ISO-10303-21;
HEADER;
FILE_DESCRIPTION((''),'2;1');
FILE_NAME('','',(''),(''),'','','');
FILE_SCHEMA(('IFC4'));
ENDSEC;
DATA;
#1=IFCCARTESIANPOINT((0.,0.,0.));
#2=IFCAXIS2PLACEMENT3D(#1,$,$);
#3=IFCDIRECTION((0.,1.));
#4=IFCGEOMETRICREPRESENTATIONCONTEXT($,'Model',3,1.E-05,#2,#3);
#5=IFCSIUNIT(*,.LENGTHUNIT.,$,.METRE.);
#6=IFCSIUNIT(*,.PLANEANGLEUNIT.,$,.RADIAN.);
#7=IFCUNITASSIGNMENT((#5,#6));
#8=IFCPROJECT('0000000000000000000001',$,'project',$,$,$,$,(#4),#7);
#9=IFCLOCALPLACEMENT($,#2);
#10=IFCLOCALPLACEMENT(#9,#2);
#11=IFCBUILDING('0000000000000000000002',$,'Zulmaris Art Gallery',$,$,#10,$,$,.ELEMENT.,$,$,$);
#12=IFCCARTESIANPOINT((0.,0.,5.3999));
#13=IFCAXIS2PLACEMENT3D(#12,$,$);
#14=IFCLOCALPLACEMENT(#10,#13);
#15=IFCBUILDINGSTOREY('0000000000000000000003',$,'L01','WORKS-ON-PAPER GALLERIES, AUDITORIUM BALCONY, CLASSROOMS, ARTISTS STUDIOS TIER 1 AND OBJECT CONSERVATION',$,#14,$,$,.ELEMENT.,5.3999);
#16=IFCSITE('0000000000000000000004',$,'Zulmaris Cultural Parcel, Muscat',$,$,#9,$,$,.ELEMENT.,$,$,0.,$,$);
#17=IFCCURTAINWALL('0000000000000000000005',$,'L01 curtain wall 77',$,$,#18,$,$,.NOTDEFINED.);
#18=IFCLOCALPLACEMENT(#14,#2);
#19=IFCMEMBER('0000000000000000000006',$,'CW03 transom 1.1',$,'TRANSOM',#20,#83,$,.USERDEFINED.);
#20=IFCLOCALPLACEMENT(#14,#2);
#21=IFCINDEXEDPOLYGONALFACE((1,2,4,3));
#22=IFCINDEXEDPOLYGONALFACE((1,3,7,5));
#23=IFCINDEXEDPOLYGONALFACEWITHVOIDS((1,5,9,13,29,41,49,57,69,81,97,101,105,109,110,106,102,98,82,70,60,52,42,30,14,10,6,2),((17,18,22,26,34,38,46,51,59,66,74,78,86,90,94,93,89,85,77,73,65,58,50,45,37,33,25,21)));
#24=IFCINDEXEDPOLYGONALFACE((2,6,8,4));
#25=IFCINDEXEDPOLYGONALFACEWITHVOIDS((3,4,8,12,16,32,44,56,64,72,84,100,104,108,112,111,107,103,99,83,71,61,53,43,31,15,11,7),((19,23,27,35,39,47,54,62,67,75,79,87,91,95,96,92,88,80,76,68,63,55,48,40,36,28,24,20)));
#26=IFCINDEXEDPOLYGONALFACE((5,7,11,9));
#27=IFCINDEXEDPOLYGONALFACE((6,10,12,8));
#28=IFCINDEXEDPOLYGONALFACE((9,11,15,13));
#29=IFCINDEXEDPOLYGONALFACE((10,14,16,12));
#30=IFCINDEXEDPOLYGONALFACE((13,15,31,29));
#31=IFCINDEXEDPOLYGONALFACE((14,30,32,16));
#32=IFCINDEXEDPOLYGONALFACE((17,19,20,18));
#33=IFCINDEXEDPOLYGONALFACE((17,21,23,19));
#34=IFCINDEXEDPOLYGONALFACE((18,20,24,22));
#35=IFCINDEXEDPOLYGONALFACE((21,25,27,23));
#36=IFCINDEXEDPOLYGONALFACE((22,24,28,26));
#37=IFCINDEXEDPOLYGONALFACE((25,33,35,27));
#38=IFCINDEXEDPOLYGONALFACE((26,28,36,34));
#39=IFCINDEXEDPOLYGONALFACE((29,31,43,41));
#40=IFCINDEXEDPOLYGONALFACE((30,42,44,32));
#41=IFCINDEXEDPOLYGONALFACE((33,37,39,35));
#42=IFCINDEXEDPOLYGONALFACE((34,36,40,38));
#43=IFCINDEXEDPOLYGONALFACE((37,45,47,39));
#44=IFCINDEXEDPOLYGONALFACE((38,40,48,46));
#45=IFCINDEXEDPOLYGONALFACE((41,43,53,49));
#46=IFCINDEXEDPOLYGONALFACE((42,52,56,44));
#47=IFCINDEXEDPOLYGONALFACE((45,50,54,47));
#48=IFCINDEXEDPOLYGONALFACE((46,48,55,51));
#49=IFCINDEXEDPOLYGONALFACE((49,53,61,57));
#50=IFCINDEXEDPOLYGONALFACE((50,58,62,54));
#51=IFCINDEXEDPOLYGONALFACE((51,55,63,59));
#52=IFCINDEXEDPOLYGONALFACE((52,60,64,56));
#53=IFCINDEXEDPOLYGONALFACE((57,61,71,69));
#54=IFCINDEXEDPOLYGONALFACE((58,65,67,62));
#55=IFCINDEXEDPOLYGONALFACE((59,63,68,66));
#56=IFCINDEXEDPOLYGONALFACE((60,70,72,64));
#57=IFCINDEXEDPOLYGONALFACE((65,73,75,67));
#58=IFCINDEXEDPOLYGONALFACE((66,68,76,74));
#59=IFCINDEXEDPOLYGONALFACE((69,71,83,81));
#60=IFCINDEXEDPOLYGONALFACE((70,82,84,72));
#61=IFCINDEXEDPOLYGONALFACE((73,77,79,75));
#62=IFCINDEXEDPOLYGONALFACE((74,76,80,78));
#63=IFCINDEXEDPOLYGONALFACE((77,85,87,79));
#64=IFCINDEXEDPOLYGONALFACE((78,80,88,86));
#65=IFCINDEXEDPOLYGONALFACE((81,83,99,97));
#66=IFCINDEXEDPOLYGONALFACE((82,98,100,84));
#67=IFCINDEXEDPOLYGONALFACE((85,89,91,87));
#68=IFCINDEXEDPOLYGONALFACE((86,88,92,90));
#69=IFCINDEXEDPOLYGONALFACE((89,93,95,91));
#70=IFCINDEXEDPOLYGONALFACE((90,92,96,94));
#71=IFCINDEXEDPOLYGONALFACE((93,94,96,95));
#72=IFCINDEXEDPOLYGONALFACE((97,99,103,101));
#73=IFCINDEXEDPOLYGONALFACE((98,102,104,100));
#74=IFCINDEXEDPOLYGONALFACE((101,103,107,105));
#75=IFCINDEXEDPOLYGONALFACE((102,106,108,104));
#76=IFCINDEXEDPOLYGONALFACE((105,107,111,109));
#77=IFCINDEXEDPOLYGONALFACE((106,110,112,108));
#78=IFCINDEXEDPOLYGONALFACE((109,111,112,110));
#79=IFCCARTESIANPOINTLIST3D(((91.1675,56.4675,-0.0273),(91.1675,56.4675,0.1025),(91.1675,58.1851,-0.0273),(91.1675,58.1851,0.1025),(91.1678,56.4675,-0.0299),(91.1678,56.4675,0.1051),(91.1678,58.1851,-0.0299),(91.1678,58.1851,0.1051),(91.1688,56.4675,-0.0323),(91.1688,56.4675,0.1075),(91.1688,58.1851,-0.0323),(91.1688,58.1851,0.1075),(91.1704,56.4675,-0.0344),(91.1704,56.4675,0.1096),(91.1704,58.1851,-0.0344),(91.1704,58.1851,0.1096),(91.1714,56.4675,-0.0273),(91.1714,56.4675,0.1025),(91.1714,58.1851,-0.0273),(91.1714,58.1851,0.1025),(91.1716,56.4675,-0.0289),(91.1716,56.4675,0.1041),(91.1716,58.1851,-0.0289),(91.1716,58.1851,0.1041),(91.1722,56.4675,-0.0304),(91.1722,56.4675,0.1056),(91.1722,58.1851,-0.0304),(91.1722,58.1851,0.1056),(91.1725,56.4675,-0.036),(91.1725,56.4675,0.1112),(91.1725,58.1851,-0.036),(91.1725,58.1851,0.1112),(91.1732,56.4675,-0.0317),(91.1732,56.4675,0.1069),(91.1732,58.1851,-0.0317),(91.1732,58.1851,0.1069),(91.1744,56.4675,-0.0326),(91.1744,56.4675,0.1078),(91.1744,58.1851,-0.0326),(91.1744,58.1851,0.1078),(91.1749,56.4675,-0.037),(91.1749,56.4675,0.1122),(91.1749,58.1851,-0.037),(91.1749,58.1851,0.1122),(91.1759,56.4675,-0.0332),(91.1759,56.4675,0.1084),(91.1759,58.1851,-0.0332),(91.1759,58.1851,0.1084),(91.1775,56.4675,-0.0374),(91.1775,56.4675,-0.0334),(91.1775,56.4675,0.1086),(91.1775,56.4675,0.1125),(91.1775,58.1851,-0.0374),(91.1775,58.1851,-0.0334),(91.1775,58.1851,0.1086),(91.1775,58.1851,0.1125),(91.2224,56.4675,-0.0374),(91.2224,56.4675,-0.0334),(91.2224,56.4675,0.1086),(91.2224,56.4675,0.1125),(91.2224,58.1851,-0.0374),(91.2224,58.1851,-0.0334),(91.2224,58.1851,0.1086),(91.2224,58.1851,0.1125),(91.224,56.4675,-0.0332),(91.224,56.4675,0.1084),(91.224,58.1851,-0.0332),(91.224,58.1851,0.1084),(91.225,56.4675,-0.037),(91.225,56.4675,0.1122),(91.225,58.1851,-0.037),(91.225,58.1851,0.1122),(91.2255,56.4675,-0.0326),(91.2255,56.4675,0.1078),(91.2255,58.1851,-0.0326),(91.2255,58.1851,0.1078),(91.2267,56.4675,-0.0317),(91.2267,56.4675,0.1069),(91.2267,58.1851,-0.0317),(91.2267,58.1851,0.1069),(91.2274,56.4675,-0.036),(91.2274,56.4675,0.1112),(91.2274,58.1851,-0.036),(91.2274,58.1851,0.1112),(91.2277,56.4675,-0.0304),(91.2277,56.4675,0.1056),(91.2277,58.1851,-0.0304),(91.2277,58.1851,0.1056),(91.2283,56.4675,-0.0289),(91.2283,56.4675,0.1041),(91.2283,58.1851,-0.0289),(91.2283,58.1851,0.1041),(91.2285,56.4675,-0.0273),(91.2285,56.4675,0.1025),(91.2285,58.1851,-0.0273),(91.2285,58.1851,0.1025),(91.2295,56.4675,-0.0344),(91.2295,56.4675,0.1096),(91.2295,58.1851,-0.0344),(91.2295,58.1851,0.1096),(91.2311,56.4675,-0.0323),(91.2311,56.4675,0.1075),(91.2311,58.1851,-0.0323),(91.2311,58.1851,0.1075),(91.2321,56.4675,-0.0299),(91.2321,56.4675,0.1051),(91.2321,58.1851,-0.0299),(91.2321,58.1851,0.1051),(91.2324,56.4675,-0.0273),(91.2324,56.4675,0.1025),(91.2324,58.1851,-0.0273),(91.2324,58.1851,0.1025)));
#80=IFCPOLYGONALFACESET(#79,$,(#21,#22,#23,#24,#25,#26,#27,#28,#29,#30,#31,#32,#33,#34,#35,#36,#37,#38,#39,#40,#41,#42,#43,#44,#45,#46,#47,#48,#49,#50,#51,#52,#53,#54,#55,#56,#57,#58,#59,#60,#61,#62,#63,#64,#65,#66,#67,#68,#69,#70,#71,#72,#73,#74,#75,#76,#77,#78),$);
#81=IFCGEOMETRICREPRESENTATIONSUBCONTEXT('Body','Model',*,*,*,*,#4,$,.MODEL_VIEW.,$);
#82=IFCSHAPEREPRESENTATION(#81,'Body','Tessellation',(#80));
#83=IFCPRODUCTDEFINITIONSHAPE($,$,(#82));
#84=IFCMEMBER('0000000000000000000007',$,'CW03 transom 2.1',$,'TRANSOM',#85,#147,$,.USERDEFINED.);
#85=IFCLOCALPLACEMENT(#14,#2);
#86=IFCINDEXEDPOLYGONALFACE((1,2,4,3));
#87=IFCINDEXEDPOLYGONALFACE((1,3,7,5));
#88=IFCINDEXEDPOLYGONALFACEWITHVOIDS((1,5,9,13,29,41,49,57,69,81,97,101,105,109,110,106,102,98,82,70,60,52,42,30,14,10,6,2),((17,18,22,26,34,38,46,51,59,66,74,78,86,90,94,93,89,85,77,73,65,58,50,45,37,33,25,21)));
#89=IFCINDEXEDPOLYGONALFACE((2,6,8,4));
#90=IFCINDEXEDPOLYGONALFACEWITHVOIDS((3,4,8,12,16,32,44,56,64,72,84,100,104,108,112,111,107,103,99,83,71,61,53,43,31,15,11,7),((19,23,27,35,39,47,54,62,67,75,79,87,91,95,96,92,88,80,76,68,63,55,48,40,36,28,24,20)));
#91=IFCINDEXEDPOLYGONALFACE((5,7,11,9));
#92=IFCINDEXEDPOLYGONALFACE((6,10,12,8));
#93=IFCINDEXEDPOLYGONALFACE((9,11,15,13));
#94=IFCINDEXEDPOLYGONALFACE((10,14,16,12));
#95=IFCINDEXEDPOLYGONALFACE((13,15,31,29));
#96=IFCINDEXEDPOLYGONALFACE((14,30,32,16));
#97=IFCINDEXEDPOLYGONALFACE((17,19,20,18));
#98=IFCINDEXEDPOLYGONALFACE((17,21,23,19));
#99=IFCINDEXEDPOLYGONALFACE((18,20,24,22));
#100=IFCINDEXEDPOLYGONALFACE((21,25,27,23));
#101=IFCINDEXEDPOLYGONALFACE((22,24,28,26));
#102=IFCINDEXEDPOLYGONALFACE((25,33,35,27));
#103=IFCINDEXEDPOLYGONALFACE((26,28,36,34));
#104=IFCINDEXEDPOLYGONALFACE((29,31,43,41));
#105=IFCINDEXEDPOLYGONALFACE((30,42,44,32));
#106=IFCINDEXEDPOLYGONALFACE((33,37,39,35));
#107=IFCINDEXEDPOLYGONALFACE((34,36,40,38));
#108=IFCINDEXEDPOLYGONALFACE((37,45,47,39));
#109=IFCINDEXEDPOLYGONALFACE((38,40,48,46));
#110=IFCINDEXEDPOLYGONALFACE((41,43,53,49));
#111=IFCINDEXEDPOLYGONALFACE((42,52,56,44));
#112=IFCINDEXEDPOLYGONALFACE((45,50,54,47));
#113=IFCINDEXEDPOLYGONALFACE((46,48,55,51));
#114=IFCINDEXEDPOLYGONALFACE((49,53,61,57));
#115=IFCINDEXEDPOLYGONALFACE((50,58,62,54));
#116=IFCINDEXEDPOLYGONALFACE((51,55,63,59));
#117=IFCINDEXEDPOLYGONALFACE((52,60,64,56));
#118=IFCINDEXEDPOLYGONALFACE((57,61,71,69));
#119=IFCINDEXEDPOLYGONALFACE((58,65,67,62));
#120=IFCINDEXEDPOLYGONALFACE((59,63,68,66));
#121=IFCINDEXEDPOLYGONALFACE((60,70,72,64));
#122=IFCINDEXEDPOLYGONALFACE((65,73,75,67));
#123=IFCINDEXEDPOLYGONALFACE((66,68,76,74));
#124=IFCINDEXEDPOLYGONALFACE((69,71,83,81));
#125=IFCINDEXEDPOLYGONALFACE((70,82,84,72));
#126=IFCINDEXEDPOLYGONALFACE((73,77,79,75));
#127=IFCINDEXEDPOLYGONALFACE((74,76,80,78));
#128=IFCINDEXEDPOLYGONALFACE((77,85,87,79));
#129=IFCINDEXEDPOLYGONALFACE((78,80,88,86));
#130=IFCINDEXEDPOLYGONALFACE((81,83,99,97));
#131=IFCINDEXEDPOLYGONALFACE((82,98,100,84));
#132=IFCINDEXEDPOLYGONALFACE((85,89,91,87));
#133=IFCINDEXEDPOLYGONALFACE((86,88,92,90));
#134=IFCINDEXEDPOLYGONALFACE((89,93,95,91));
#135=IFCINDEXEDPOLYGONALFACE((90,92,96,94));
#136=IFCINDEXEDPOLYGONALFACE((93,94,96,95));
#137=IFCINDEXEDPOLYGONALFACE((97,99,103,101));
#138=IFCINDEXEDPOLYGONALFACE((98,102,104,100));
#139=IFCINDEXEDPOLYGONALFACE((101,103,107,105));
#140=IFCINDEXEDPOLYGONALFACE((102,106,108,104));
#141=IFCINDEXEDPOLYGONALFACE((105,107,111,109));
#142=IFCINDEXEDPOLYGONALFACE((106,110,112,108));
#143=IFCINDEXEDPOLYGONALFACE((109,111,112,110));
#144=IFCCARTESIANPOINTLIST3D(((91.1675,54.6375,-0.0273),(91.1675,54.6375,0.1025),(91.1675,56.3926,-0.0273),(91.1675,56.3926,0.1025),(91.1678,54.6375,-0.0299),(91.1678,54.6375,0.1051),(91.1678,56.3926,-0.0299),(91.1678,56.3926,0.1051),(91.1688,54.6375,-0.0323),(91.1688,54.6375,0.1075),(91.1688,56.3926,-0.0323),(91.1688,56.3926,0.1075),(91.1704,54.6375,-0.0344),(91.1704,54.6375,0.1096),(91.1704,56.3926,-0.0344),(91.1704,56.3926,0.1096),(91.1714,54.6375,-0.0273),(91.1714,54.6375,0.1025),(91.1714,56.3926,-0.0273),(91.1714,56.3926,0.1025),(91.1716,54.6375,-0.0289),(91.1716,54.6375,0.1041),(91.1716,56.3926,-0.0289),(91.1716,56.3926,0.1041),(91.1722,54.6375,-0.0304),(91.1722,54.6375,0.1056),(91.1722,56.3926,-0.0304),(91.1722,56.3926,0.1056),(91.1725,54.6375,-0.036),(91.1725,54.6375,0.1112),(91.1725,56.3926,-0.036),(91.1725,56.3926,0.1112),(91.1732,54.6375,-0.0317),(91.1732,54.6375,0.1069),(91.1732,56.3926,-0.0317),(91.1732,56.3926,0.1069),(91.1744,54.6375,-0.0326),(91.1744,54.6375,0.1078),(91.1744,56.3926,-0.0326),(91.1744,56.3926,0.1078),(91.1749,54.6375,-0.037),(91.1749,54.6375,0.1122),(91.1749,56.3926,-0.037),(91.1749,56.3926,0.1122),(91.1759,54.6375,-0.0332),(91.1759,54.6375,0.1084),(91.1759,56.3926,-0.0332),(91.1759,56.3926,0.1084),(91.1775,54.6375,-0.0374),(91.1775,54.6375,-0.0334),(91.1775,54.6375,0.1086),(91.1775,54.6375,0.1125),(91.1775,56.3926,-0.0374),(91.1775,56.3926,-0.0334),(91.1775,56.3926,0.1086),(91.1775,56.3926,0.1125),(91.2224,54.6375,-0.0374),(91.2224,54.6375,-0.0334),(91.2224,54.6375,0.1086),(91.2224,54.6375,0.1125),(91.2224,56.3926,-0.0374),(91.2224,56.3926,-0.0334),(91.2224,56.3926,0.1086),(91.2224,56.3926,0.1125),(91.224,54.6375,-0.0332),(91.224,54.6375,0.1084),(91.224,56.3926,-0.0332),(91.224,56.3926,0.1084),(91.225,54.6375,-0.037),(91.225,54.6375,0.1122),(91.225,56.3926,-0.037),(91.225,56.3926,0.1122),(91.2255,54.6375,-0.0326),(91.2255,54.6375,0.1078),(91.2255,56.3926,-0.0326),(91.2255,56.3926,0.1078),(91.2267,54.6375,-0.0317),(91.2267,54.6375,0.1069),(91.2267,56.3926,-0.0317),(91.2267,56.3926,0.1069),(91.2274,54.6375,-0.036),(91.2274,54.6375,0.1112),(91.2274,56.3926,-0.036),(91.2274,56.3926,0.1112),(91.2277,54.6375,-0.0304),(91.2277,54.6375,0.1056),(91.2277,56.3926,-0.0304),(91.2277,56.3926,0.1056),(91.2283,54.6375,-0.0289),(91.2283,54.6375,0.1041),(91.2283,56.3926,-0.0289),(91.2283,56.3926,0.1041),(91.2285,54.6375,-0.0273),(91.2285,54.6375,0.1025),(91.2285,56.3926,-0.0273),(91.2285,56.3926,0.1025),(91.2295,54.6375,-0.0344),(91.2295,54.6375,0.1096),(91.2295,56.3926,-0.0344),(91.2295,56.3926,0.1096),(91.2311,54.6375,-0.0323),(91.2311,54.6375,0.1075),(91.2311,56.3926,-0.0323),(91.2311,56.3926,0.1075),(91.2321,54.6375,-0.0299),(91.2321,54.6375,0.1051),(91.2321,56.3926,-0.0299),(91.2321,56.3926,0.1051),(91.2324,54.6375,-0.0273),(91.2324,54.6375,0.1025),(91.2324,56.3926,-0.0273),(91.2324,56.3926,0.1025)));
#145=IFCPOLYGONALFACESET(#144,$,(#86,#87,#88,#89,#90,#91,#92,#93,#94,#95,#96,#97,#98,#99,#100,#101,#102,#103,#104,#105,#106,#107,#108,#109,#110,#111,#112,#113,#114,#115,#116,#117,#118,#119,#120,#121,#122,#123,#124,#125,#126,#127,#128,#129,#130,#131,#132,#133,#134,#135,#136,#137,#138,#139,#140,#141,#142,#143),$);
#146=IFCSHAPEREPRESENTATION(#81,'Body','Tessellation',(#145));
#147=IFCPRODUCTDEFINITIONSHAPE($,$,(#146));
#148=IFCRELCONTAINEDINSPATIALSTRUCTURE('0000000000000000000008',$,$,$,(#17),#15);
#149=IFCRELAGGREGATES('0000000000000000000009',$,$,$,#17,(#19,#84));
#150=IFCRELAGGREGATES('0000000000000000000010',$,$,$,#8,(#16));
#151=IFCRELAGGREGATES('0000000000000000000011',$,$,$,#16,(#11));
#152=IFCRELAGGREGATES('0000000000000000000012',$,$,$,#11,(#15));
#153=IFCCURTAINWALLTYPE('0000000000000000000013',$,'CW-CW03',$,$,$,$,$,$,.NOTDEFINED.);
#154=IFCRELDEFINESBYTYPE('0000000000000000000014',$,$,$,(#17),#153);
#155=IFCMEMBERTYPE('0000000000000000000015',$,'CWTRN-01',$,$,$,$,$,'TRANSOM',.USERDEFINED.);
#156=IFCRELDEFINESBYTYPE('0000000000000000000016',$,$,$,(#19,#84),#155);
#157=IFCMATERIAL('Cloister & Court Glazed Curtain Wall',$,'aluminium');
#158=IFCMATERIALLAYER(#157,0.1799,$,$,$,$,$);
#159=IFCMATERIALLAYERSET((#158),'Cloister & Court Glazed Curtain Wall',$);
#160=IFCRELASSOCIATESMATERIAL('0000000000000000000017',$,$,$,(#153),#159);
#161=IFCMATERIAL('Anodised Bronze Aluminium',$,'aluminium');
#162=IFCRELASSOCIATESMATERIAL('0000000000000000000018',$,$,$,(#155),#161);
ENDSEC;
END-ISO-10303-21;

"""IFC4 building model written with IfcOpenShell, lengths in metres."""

from ifc_helpers import new_model, si_unit, direction, frame, origin, origin_2d, place, context, subcontext, project, spatial, hollow_rectangle, extrude, material, layer, layer_set, material_profile, profile_set, type_object, element, aggregate, save


model = new_model("IFC4")

# Units and contexts
model_context = context("Model", 3, precision=1e-05, world=origin(), true_north=direction((0.0, 1.0)))
body_context = subcontext(model_context, "Body", "Model", "MODEL_VIEW")
ifc_project = project(units=[si_unit("LENGTHUNIT", "METRE"), si_unit("PLANEANGLEUNIT", "RADIAN")], contexts=[model_context])

# Site, building, storey
site_placement = place(None, origin())
site = spatial("IfcSite", under=ifc_project, at=site_placement, Name="Zulmaris Cultural Parcel, Muscat", CompositionType="ELEMENT", RefElevation=0.0)
building_placement = place(site_placement, origin())
building = spatial("IfcBuilding", under=site, at=building_placement, Name="Zulmaris Art Gallery", CompositionType="ELEMENT")
storey_placement = place(building_placement, frame((0.0, 0.0, 5.3999)))
storey = spatial("IfcBuildingStorey", under=building, at=storey_placement, Name="L01", Description="WORKS-ON-PAPER GALLERIES, AUDITORIUM BALCONY, CLASSROOMS, ARTISTS STUDIOS TIER 1 AND OBJECT CONSERVATION", CompositionType="ELEMENT", Elevation=5.3999)

# Curtain wall
ifc_material_1 = material(Name="Cloister & Court Glazed Curtain Wall", Category="aluminium")
ifc_layer_1 = layer(ifc_material_1, 0.1799)
ifc_layer_set_1 = layer_set([ifc_layer_1], Name="Cloister & Court Glazed Curtain Wall")
curtain_wall_type = type_object("IfcCurtainWallType", Name="CW-CW03", PredefinedType="NOTDEFINED", material=ifc_layer_set_1)
ifc_material_2 = material(Name="Anodised Bronze Aluminium", Category="aluminium")
curtain_wall_1_placement = place(storey_placement, origin())
curtain_wall_1 = element("IfcCurtainWall", 1, at=curtain_wall_1_placement, inside=storey, type_object=curtain_wall_type, Name="L01 curtain wall 77", PredefinedType="NOTDEFINED")

# Members
ifc_material_profile_1 = material_profile(ifc_material_2, hollow_rectangle(XDim=0.0649, YDim=0.1499, WallThickness=0.0039, InnerFilletRadius=0.0061, OuterFilletRadius=0.01, at=origin_2d()), Name="ALU 65x150x4")
ifc_profile_set_1 = profile_set([ifc_material_profile_1], Name="Anodised Bronze Aluminium")
member_type_1 = type_object("IfcMemberType", Name="CWTRN-01", ElementType="TRANSOM", PredefinedType="USERDEFINED", material=ifc_profile_set_1)
member_1_placement = place(storey_placement, frame((91.2, 58.1851, 0.0376), z_axis=(0.0, -1.0, 0.0), x_axis=(1.0, 0.0, 0.0)))
member_1 = element("IfcMember", 2, at=member_1_placement, type_object=member_type_1, Name="CW03 transom 1.1", ObjectType="TRANSOM", PredefinedType="USERDEFINED", context=body_context, shape_type="SweptSolid", body=[
    extrude(hollow_rectangle(XDim=0.0649, YDim=0.1499, WallThickness=0.0039, InnerFilletRadius=0.0061, OuterFilletRadius=0.01, at=origin_2d()), origin(), (0.0, 0.0, 1.0), 1.7175),
])
member_2_placement = place(storey_placement, frame((91.2, 56.3926, 0.0376), z_axis=(0.0, -1.0, 0.0), x_axis=(1.0, 0.0, 0.0)))
member_2 = element("IfcMember", 3, at=member_2_placement, type_object=member_type_1, Name="CW03 transom 2.1", ObjectType="TRANSOM", PredefinedType="USERDEFINED", context=body_context, shape_type="SweptSolid", body=[
    extrude(hollow_rectangle(XDim=0.0649, YDim=0.1499, WallThickness=0.0039, InnerFilletRadius=0.0061, OuterFilletRadius=0.01, at=origin_2d()), origin(), (0.0, 0.0, 1.0), 1.7551),
])

aggregate(curtain_wall_1, [member_1, member_2])

save(model, "model.ifc")
